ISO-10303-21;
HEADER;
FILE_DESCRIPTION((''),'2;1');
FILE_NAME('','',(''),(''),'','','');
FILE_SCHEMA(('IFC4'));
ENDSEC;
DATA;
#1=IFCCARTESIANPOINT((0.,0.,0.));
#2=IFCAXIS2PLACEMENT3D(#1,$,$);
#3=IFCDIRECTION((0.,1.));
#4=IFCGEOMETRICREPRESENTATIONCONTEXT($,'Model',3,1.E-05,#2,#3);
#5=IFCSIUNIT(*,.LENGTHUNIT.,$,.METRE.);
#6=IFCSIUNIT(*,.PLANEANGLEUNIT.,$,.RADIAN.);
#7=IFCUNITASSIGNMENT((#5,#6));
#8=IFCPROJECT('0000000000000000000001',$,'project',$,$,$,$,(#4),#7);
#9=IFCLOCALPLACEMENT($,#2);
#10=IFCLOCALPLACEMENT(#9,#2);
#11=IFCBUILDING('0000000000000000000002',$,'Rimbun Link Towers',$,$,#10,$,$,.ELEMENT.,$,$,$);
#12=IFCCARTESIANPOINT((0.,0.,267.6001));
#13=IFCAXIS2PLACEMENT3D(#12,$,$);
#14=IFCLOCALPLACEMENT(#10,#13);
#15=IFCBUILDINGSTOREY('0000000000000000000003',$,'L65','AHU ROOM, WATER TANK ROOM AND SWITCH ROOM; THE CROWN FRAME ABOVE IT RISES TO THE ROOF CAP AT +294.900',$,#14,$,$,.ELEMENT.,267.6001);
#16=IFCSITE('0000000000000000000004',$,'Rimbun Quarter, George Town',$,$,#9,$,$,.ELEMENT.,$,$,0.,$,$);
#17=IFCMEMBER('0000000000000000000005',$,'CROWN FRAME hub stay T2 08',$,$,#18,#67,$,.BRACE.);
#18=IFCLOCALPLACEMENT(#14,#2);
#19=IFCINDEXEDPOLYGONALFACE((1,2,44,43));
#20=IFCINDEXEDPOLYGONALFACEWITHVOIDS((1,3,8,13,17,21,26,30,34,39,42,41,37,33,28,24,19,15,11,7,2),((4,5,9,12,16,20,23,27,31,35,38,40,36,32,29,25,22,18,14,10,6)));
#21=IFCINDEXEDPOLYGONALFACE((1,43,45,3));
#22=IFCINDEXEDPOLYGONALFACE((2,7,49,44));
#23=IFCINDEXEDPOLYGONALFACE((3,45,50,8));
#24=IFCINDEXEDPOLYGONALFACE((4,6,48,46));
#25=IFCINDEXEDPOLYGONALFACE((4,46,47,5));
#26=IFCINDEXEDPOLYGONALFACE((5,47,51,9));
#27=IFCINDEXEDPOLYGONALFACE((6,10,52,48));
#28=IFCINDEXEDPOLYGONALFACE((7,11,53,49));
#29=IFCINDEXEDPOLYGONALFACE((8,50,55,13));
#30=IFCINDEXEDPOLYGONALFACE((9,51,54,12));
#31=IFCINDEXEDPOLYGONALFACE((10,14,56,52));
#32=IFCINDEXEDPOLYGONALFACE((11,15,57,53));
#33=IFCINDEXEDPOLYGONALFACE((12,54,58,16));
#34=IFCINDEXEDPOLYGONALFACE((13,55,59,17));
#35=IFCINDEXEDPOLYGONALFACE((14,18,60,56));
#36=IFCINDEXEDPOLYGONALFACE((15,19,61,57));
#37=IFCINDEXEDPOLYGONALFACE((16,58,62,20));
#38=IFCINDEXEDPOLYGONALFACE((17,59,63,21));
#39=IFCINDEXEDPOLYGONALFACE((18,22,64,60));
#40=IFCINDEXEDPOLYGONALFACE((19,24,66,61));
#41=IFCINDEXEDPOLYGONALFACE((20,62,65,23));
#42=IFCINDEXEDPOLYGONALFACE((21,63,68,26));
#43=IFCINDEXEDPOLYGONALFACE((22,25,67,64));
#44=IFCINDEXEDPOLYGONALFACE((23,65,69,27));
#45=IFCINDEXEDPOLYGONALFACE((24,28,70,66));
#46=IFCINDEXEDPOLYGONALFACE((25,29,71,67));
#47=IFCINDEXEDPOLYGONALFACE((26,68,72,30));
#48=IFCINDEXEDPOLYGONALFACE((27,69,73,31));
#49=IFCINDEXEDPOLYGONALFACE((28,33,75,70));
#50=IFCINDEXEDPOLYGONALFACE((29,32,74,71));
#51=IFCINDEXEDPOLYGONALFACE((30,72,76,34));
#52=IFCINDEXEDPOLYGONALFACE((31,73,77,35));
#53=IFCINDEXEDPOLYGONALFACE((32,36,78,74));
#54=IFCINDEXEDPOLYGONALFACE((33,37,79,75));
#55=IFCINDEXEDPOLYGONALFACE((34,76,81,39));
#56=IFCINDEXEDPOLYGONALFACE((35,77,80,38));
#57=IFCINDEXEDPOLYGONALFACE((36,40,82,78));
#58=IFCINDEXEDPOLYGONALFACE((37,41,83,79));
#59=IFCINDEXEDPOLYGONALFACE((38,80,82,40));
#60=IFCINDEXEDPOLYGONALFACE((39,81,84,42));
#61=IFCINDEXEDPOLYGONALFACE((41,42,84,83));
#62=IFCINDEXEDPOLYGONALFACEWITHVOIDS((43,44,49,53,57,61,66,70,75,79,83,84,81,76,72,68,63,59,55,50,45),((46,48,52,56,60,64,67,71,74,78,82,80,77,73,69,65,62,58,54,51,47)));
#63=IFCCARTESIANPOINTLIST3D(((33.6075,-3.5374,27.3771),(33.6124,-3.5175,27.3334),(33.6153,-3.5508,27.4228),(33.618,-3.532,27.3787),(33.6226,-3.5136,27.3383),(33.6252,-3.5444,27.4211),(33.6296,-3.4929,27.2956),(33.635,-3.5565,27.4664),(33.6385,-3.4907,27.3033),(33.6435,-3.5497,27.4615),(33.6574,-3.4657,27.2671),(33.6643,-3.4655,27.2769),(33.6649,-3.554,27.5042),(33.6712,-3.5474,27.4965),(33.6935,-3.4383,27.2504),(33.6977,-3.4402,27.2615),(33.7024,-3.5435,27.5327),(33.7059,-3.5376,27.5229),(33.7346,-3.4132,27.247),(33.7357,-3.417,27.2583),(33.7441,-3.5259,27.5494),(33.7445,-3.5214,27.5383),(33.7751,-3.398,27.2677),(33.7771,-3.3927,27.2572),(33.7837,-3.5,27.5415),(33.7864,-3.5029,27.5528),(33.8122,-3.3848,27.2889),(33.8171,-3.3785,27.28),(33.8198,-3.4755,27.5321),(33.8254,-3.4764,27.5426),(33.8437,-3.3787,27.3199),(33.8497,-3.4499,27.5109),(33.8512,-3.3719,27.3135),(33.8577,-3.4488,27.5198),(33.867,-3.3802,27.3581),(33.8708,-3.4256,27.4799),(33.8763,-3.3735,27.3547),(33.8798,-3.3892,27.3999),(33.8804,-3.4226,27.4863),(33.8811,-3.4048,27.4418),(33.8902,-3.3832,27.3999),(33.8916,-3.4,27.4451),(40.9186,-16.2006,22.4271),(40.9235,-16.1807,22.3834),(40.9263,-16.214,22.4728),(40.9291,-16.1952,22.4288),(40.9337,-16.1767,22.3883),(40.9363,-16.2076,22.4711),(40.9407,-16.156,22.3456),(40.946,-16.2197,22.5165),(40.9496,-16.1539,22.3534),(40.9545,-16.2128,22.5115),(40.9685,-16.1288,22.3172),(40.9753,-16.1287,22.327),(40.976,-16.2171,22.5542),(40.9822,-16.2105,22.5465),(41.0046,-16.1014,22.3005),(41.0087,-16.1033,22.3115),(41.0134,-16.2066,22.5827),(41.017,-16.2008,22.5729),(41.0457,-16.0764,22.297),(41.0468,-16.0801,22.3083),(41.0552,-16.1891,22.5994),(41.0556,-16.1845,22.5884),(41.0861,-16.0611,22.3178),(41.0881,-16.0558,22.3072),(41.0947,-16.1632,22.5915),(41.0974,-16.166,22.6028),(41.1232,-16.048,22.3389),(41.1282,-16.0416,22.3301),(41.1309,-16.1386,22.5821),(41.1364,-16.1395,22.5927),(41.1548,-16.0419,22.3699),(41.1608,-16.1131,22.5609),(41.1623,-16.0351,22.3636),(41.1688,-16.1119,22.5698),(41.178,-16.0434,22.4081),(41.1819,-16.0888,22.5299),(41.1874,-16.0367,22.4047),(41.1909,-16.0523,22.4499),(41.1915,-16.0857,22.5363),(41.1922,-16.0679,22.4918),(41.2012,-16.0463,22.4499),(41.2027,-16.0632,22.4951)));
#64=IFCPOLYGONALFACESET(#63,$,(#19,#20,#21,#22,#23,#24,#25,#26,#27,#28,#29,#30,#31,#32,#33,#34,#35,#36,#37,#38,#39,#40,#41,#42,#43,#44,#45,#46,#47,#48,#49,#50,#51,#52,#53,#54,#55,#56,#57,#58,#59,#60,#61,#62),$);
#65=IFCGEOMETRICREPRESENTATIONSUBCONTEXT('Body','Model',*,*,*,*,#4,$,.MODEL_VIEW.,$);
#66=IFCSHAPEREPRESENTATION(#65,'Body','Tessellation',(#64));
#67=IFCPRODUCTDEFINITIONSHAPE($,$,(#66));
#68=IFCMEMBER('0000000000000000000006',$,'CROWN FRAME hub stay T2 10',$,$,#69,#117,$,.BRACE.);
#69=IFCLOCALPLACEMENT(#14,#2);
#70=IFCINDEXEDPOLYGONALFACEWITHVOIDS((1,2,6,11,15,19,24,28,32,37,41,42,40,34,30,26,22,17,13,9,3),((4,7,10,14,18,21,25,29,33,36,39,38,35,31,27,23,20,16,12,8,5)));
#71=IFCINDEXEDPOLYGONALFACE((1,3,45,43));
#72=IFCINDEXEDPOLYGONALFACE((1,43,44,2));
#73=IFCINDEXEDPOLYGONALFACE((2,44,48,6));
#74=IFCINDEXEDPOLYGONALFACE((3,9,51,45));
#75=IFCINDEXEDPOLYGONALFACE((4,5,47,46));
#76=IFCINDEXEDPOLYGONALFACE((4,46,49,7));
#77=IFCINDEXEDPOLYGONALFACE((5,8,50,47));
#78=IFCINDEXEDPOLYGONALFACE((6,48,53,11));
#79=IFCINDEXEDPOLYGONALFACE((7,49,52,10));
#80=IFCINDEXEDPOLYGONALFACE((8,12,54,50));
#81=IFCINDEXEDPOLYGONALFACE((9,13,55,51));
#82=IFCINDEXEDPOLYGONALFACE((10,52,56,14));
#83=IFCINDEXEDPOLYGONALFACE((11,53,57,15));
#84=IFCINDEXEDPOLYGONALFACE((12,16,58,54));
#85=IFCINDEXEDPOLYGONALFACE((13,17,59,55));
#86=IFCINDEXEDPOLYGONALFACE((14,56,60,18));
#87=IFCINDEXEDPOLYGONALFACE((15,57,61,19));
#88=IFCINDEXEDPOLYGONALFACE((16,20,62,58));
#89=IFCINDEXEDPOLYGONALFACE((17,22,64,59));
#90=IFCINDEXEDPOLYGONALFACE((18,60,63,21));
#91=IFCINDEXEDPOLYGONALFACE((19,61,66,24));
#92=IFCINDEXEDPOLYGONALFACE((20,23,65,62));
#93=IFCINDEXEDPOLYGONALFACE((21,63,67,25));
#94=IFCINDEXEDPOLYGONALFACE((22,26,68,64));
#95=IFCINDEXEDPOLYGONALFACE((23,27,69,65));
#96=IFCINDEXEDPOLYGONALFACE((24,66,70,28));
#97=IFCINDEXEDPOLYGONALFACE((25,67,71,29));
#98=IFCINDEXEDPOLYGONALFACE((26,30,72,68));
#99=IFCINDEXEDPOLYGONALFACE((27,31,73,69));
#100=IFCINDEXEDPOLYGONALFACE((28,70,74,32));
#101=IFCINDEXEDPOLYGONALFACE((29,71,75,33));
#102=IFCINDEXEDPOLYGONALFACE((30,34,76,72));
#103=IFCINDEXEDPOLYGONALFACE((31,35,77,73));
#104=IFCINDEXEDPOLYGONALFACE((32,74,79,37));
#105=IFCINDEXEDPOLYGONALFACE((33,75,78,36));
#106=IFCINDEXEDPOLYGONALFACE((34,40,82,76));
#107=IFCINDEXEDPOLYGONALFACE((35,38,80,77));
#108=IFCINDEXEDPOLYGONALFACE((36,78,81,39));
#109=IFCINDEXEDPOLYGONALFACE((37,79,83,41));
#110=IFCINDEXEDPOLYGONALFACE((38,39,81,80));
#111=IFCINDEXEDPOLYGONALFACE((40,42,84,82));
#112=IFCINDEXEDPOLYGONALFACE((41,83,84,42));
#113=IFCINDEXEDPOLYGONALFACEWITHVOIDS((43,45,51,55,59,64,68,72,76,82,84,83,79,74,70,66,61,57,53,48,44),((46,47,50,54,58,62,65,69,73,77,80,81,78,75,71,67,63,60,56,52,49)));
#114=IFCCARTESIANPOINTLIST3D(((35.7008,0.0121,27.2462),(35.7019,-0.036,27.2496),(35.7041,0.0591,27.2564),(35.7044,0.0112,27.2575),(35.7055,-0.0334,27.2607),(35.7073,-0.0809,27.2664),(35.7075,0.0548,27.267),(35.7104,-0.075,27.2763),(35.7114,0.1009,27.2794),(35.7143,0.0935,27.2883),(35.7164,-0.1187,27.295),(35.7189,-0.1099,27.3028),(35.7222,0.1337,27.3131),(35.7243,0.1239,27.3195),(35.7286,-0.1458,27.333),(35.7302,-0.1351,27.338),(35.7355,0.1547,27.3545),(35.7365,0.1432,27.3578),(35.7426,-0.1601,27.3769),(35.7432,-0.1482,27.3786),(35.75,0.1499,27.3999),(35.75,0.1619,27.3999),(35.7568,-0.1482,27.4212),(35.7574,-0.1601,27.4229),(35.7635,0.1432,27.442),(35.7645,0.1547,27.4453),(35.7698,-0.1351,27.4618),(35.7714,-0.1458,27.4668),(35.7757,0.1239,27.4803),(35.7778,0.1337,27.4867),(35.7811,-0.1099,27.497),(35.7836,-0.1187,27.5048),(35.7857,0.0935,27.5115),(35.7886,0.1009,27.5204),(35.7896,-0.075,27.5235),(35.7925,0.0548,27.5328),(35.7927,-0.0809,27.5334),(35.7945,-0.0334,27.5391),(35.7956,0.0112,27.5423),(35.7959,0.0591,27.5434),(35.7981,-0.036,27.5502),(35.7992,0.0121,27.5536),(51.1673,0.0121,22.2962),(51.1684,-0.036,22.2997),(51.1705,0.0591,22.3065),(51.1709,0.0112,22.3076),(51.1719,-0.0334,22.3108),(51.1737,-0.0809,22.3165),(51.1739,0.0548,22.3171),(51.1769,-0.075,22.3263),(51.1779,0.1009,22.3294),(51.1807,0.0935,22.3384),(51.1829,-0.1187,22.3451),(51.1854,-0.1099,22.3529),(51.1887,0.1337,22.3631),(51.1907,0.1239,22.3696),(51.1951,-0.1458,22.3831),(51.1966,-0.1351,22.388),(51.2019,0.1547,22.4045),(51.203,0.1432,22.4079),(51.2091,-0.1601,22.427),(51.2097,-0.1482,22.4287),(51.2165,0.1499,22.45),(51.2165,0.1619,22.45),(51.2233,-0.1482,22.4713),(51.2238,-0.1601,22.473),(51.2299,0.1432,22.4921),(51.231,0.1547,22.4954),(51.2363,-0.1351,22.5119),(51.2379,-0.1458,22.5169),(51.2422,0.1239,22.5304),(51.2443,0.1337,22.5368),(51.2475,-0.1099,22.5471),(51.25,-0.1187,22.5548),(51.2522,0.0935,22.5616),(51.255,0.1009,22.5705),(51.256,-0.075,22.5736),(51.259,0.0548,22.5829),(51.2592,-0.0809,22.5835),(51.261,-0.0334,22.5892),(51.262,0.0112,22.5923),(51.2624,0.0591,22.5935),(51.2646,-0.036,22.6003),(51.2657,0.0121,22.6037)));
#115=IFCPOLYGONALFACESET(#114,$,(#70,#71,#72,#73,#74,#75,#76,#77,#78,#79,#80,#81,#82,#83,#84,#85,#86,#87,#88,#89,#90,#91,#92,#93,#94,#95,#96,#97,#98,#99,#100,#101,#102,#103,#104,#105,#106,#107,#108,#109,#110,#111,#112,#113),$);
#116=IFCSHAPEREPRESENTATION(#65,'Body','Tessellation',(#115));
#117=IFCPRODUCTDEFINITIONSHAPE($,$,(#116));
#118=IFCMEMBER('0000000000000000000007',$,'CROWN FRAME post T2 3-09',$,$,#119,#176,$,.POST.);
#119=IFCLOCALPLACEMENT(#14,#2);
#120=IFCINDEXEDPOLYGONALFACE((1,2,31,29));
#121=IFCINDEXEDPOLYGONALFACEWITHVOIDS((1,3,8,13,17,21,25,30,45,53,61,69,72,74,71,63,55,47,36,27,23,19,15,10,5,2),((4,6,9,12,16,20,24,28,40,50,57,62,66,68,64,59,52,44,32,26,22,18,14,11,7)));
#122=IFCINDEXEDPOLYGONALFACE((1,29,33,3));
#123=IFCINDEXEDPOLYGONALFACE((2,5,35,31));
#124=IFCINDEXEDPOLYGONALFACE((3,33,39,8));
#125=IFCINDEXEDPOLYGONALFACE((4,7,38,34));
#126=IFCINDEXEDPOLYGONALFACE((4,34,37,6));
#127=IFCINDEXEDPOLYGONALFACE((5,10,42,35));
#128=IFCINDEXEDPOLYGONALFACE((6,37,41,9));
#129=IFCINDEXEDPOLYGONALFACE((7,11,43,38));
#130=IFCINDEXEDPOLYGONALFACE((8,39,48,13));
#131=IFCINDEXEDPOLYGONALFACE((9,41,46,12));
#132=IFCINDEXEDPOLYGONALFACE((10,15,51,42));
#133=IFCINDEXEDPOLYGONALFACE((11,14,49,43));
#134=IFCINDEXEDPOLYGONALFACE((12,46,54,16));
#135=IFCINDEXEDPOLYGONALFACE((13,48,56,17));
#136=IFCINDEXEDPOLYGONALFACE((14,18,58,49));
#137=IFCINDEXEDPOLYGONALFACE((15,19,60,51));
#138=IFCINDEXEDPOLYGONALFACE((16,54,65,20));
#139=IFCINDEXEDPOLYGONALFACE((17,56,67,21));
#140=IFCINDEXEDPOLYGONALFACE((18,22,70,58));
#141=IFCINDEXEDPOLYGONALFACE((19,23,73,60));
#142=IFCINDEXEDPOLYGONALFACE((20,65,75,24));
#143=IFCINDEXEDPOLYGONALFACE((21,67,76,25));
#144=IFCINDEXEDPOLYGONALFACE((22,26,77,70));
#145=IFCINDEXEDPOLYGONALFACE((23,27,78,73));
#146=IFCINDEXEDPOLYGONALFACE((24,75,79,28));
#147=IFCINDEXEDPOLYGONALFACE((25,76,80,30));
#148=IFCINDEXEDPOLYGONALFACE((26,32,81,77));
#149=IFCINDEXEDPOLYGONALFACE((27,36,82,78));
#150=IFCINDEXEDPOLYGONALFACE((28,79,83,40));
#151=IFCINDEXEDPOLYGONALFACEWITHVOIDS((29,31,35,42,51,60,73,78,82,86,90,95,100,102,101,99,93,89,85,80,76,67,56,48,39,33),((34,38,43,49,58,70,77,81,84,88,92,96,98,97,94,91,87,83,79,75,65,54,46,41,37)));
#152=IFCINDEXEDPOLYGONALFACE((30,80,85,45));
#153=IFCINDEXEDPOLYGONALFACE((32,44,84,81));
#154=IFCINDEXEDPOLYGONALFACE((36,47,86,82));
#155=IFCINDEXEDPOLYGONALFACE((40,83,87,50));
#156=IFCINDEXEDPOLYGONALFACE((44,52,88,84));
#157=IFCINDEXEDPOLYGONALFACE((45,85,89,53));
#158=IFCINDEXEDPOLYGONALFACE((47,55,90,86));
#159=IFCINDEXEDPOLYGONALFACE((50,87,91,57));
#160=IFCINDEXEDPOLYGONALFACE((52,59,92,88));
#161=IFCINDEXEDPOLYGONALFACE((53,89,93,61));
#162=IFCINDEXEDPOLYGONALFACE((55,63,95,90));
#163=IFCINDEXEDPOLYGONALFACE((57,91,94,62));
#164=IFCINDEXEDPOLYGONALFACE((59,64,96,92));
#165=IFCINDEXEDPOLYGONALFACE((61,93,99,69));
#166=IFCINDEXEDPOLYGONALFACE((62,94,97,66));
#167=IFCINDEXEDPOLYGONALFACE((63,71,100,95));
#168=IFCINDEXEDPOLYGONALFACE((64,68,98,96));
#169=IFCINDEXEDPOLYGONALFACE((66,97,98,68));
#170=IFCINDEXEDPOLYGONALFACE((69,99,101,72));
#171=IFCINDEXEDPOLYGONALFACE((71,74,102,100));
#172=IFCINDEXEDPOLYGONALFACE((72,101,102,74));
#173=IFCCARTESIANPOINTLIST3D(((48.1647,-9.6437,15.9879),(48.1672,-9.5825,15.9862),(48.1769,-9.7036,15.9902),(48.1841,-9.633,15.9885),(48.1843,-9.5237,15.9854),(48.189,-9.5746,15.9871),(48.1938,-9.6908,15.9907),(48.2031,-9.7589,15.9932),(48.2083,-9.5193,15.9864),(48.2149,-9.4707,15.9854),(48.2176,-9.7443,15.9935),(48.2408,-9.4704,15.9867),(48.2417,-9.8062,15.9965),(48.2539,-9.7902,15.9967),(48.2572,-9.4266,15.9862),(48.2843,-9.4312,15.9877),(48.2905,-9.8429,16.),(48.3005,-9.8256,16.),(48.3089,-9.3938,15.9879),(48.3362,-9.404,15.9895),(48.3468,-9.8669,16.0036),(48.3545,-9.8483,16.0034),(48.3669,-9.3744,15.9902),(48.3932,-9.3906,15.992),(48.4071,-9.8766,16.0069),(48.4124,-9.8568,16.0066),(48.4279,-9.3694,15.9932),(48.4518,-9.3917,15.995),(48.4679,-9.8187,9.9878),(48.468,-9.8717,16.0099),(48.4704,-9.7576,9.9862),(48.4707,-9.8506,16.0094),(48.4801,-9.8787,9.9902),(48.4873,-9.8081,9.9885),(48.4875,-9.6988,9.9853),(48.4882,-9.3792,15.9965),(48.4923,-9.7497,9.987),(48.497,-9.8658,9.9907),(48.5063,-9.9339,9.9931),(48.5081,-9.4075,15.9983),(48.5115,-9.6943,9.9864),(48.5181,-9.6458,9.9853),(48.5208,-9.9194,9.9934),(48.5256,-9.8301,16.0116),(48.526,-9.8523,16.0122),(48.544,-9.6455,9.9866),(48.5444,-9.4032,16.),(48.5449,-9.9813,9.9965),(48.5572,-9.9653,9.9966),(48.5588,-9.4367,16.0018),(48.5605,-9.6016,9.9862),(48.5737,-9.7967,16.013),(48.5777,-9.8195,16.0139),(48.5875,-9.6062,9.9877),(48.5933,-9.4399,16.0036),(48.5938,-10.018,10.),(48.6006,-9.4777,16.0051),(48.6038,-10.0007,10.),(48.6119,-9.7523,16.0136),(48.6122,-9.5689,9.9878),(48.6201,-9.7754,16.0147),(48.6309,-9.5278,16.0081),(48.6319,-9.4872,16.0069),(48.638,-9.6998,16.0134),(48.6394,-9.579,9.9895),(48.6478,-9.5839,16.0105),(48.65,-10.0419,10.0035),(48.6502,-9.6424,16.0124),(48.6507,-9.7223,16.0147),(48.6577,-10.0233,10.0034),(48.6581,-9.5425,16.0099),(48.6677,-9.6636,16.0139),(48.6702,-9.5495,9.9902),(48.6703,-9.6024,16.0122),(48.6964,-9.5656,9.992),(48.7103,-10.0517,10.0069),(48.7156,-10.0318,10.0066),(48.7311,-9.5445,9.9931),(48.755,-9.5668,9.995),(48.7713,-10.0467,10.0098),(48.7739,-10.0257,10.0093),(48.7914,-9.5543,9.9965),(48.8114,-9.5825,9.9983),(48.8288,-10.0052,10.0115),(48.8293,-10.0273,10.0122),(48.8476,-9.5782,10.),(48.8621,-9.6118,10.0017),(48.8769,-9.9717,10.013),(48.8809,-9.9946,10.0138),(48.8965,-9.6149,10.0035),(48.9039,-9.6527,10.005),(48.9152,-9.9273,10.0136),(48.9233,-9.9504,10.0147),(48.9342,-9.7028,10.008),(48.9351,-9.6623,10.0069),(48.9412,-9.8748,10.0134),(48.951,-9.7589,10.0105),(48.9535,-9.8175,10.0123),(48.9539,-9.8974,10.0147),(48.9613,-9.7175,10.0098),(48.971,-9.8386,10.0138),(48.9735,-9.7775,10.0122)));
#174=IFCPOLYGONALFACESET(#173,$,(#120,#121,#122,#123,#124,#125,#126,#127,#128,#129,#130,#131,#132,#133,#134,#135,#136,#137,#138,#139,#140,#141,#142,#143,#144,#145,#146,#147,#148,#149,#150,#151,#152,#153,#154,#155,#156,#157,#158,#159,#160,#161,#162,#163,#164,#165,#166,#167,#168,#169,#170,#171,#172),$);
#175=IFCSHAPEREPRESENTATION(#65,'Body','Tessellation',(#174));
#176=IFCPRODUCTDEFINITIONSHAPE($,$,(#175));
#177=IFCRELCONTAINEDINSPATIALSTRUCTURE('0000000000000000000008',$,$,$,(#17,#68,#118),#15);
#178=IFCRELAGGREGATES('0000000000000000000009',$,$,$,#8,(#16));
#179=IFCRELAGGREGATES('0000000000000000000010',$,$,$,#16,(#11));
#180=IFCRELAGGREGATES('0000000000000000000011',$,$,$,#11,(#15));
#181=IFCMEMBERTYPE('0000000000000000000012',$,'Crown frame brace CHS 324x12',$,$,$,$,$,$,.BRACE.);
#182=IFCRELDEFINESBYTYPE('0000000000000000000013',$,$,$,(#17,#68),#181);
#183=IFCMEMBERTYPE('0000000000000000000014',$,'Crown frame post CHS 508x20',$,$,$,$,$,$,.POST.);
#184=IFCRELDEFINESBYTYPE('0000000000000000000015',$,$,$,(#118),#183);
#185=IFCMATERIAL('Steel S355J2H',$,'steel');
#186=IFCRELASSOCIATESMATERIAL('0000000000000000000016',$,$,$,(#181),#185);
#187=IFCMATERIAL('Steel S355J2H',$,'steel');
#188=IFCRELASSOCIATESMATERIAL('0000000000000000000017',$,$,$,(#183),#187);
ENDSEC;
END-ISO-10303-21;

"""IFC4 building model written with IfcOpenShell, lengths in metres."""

from ifc_helpers import new_model, si_unit, direction, frame, origin, origin_2d, place, context, subcontext, project, spatial, hollow_circle, extrude, material, material_profile, profile_set, type_object, element, save


model = new_model("IFC4")

# Units and contexts
model_context = context("Model", 3, precision=1e-05, world=origin(), true_north=direction((0.0, 1.0)))
body_context = subcontext(model_context, "Body", "Model", "MODEL_VIEW")
ifc_project = project(units=[si_unit("LENGTHUNIT", "METRE"), si_unit("PLANEANGLEUNIT", "RADIAN")], contexts=[model_context])

# Site, building, storey
site_placement = place(None, origin())
site = spatial("IfcSite", under=ifc_project, at=site_placement, Name="Rimbun Quarter, George Town", CompositionType="ELEMENT", RefElevation=0.0)
building_placement = place(site_placement, origin())
building = spatial("IfcBuilding", under=site, at=building_placement, Name="Rimbun Link Towers", CompositionType="ELEMENT")
storey_placement = place(building_placement, frame((0.0, 0.0, 267.6001)))
storey = spatial("IfcBuildingStorey", under=building, at=storey_placement, Name="L65", Description="AHU ROOM, WATER TANK ROOM AND SWITCH ROOM; THE CROWN FRAME ABOVE IT RISES TO THE ROOF CAP AT +294.900", CompositionType="ELEMENT", Elevation=267.6001)

# Members
ifc_material_1 = material(Name="Steel S355J2H", Category="steel")
ifc_material_profile_1 = material_profile(ifc_material_1, hollow_circle(Radius=0.1619, WallThickness=0.012, at=origin_2d()), Name="Crown frame brace CHS 324x12")
ifc_profile_set_1 = profile_set([ifc_material_profile_1], Name="Steel S355J2H")
member_type_1 = type_object("IfcMemberType", Name="Crown frame brace CHS 324x12", PredefinedType="BRACE", material=ifc_profile_set_1)
member_1_placement = place(storey_placement, frame((33.75, -3.4641, 27.3999), z_axis=(0.473599, -0.820297, -0.320651), x_axis=(0.866025, 0.5, 0.0)))
element("IfcMember", 1, at=member_1_placement, inside=storey, type_object=member_type_1, Name="CROWN FRAME hub stay T2 08", PredefinedType="BRACE", context=body_context, shape_type="SweptSolid", body=[
    extrude(hollow_circle(Radius=0.1619, WallThickness=0.012, at=origin_2d()), origin(), (0.0, 0.0, 1.0), 15.4373),
])
member_2_placement = place(storey_placement, frame((35.75, 0.0, 27.3999), z_axis=(0.952412, 0.0, -0.304812), x_axis=(0.0, 1.0, 0.0)))
element("IfcMember", 2, at=member_2_placement, inside=storey, type_object=member_type_1, Name="CROWN FRAME hub stay T2 10", PredefinedType="BRACE", context=body_context, shape_type="SweptSolid", body=[
    extrude(hollow_circle(Radius=0.1619, WallThickness=0.012, at=origin_2d()), origin(), (0.0, 0.0, 1.0), 16.2393),
])
ifc_material_2 = material(Name="Steel S355J2H", Category="steel")
ifc_material_profile_2 = material_profile(ifc_material_2, hollow_circle(Radius=0.2539, WallThickness=0.02, at=origin_2d()), Name="Crown frame post CHS 508x20")
ifc_profile_set_2 = profile_set([ifc_material_profile_2], Name="Steel S355J2H")
member_type_2 = type_object("IfcMemberType", Name="Crown frame post CHS 508x20", PredefinedType="POST", material=ifc_profile_set_2)
for number, where, z_axis, x_axis, name in (
    (3, (48.7207, -9.7981, 10.0), (-0.050451, 0.029125, 0.998302), (-0.499964, -0.866046, 0.0), "CROWN FRAME post T2 3-09"),
):
    element("IfcMember", number, at=place(storey_placement, frame(where, z_axis=z_axis, x_axis=x_axis)), inside=storey, type_object=member_type_2, Name=name, PredefinedType="POST", context=body_context, shape_type="SweptSolid", body=[
        extrude(hollow_circle(Radius=0.2539, WallThickness=0.02, at=origin_2d()), origin(), (0.0, 0.0, 1.0), 6.0103),
    ])

save(model, "model.ifc")
